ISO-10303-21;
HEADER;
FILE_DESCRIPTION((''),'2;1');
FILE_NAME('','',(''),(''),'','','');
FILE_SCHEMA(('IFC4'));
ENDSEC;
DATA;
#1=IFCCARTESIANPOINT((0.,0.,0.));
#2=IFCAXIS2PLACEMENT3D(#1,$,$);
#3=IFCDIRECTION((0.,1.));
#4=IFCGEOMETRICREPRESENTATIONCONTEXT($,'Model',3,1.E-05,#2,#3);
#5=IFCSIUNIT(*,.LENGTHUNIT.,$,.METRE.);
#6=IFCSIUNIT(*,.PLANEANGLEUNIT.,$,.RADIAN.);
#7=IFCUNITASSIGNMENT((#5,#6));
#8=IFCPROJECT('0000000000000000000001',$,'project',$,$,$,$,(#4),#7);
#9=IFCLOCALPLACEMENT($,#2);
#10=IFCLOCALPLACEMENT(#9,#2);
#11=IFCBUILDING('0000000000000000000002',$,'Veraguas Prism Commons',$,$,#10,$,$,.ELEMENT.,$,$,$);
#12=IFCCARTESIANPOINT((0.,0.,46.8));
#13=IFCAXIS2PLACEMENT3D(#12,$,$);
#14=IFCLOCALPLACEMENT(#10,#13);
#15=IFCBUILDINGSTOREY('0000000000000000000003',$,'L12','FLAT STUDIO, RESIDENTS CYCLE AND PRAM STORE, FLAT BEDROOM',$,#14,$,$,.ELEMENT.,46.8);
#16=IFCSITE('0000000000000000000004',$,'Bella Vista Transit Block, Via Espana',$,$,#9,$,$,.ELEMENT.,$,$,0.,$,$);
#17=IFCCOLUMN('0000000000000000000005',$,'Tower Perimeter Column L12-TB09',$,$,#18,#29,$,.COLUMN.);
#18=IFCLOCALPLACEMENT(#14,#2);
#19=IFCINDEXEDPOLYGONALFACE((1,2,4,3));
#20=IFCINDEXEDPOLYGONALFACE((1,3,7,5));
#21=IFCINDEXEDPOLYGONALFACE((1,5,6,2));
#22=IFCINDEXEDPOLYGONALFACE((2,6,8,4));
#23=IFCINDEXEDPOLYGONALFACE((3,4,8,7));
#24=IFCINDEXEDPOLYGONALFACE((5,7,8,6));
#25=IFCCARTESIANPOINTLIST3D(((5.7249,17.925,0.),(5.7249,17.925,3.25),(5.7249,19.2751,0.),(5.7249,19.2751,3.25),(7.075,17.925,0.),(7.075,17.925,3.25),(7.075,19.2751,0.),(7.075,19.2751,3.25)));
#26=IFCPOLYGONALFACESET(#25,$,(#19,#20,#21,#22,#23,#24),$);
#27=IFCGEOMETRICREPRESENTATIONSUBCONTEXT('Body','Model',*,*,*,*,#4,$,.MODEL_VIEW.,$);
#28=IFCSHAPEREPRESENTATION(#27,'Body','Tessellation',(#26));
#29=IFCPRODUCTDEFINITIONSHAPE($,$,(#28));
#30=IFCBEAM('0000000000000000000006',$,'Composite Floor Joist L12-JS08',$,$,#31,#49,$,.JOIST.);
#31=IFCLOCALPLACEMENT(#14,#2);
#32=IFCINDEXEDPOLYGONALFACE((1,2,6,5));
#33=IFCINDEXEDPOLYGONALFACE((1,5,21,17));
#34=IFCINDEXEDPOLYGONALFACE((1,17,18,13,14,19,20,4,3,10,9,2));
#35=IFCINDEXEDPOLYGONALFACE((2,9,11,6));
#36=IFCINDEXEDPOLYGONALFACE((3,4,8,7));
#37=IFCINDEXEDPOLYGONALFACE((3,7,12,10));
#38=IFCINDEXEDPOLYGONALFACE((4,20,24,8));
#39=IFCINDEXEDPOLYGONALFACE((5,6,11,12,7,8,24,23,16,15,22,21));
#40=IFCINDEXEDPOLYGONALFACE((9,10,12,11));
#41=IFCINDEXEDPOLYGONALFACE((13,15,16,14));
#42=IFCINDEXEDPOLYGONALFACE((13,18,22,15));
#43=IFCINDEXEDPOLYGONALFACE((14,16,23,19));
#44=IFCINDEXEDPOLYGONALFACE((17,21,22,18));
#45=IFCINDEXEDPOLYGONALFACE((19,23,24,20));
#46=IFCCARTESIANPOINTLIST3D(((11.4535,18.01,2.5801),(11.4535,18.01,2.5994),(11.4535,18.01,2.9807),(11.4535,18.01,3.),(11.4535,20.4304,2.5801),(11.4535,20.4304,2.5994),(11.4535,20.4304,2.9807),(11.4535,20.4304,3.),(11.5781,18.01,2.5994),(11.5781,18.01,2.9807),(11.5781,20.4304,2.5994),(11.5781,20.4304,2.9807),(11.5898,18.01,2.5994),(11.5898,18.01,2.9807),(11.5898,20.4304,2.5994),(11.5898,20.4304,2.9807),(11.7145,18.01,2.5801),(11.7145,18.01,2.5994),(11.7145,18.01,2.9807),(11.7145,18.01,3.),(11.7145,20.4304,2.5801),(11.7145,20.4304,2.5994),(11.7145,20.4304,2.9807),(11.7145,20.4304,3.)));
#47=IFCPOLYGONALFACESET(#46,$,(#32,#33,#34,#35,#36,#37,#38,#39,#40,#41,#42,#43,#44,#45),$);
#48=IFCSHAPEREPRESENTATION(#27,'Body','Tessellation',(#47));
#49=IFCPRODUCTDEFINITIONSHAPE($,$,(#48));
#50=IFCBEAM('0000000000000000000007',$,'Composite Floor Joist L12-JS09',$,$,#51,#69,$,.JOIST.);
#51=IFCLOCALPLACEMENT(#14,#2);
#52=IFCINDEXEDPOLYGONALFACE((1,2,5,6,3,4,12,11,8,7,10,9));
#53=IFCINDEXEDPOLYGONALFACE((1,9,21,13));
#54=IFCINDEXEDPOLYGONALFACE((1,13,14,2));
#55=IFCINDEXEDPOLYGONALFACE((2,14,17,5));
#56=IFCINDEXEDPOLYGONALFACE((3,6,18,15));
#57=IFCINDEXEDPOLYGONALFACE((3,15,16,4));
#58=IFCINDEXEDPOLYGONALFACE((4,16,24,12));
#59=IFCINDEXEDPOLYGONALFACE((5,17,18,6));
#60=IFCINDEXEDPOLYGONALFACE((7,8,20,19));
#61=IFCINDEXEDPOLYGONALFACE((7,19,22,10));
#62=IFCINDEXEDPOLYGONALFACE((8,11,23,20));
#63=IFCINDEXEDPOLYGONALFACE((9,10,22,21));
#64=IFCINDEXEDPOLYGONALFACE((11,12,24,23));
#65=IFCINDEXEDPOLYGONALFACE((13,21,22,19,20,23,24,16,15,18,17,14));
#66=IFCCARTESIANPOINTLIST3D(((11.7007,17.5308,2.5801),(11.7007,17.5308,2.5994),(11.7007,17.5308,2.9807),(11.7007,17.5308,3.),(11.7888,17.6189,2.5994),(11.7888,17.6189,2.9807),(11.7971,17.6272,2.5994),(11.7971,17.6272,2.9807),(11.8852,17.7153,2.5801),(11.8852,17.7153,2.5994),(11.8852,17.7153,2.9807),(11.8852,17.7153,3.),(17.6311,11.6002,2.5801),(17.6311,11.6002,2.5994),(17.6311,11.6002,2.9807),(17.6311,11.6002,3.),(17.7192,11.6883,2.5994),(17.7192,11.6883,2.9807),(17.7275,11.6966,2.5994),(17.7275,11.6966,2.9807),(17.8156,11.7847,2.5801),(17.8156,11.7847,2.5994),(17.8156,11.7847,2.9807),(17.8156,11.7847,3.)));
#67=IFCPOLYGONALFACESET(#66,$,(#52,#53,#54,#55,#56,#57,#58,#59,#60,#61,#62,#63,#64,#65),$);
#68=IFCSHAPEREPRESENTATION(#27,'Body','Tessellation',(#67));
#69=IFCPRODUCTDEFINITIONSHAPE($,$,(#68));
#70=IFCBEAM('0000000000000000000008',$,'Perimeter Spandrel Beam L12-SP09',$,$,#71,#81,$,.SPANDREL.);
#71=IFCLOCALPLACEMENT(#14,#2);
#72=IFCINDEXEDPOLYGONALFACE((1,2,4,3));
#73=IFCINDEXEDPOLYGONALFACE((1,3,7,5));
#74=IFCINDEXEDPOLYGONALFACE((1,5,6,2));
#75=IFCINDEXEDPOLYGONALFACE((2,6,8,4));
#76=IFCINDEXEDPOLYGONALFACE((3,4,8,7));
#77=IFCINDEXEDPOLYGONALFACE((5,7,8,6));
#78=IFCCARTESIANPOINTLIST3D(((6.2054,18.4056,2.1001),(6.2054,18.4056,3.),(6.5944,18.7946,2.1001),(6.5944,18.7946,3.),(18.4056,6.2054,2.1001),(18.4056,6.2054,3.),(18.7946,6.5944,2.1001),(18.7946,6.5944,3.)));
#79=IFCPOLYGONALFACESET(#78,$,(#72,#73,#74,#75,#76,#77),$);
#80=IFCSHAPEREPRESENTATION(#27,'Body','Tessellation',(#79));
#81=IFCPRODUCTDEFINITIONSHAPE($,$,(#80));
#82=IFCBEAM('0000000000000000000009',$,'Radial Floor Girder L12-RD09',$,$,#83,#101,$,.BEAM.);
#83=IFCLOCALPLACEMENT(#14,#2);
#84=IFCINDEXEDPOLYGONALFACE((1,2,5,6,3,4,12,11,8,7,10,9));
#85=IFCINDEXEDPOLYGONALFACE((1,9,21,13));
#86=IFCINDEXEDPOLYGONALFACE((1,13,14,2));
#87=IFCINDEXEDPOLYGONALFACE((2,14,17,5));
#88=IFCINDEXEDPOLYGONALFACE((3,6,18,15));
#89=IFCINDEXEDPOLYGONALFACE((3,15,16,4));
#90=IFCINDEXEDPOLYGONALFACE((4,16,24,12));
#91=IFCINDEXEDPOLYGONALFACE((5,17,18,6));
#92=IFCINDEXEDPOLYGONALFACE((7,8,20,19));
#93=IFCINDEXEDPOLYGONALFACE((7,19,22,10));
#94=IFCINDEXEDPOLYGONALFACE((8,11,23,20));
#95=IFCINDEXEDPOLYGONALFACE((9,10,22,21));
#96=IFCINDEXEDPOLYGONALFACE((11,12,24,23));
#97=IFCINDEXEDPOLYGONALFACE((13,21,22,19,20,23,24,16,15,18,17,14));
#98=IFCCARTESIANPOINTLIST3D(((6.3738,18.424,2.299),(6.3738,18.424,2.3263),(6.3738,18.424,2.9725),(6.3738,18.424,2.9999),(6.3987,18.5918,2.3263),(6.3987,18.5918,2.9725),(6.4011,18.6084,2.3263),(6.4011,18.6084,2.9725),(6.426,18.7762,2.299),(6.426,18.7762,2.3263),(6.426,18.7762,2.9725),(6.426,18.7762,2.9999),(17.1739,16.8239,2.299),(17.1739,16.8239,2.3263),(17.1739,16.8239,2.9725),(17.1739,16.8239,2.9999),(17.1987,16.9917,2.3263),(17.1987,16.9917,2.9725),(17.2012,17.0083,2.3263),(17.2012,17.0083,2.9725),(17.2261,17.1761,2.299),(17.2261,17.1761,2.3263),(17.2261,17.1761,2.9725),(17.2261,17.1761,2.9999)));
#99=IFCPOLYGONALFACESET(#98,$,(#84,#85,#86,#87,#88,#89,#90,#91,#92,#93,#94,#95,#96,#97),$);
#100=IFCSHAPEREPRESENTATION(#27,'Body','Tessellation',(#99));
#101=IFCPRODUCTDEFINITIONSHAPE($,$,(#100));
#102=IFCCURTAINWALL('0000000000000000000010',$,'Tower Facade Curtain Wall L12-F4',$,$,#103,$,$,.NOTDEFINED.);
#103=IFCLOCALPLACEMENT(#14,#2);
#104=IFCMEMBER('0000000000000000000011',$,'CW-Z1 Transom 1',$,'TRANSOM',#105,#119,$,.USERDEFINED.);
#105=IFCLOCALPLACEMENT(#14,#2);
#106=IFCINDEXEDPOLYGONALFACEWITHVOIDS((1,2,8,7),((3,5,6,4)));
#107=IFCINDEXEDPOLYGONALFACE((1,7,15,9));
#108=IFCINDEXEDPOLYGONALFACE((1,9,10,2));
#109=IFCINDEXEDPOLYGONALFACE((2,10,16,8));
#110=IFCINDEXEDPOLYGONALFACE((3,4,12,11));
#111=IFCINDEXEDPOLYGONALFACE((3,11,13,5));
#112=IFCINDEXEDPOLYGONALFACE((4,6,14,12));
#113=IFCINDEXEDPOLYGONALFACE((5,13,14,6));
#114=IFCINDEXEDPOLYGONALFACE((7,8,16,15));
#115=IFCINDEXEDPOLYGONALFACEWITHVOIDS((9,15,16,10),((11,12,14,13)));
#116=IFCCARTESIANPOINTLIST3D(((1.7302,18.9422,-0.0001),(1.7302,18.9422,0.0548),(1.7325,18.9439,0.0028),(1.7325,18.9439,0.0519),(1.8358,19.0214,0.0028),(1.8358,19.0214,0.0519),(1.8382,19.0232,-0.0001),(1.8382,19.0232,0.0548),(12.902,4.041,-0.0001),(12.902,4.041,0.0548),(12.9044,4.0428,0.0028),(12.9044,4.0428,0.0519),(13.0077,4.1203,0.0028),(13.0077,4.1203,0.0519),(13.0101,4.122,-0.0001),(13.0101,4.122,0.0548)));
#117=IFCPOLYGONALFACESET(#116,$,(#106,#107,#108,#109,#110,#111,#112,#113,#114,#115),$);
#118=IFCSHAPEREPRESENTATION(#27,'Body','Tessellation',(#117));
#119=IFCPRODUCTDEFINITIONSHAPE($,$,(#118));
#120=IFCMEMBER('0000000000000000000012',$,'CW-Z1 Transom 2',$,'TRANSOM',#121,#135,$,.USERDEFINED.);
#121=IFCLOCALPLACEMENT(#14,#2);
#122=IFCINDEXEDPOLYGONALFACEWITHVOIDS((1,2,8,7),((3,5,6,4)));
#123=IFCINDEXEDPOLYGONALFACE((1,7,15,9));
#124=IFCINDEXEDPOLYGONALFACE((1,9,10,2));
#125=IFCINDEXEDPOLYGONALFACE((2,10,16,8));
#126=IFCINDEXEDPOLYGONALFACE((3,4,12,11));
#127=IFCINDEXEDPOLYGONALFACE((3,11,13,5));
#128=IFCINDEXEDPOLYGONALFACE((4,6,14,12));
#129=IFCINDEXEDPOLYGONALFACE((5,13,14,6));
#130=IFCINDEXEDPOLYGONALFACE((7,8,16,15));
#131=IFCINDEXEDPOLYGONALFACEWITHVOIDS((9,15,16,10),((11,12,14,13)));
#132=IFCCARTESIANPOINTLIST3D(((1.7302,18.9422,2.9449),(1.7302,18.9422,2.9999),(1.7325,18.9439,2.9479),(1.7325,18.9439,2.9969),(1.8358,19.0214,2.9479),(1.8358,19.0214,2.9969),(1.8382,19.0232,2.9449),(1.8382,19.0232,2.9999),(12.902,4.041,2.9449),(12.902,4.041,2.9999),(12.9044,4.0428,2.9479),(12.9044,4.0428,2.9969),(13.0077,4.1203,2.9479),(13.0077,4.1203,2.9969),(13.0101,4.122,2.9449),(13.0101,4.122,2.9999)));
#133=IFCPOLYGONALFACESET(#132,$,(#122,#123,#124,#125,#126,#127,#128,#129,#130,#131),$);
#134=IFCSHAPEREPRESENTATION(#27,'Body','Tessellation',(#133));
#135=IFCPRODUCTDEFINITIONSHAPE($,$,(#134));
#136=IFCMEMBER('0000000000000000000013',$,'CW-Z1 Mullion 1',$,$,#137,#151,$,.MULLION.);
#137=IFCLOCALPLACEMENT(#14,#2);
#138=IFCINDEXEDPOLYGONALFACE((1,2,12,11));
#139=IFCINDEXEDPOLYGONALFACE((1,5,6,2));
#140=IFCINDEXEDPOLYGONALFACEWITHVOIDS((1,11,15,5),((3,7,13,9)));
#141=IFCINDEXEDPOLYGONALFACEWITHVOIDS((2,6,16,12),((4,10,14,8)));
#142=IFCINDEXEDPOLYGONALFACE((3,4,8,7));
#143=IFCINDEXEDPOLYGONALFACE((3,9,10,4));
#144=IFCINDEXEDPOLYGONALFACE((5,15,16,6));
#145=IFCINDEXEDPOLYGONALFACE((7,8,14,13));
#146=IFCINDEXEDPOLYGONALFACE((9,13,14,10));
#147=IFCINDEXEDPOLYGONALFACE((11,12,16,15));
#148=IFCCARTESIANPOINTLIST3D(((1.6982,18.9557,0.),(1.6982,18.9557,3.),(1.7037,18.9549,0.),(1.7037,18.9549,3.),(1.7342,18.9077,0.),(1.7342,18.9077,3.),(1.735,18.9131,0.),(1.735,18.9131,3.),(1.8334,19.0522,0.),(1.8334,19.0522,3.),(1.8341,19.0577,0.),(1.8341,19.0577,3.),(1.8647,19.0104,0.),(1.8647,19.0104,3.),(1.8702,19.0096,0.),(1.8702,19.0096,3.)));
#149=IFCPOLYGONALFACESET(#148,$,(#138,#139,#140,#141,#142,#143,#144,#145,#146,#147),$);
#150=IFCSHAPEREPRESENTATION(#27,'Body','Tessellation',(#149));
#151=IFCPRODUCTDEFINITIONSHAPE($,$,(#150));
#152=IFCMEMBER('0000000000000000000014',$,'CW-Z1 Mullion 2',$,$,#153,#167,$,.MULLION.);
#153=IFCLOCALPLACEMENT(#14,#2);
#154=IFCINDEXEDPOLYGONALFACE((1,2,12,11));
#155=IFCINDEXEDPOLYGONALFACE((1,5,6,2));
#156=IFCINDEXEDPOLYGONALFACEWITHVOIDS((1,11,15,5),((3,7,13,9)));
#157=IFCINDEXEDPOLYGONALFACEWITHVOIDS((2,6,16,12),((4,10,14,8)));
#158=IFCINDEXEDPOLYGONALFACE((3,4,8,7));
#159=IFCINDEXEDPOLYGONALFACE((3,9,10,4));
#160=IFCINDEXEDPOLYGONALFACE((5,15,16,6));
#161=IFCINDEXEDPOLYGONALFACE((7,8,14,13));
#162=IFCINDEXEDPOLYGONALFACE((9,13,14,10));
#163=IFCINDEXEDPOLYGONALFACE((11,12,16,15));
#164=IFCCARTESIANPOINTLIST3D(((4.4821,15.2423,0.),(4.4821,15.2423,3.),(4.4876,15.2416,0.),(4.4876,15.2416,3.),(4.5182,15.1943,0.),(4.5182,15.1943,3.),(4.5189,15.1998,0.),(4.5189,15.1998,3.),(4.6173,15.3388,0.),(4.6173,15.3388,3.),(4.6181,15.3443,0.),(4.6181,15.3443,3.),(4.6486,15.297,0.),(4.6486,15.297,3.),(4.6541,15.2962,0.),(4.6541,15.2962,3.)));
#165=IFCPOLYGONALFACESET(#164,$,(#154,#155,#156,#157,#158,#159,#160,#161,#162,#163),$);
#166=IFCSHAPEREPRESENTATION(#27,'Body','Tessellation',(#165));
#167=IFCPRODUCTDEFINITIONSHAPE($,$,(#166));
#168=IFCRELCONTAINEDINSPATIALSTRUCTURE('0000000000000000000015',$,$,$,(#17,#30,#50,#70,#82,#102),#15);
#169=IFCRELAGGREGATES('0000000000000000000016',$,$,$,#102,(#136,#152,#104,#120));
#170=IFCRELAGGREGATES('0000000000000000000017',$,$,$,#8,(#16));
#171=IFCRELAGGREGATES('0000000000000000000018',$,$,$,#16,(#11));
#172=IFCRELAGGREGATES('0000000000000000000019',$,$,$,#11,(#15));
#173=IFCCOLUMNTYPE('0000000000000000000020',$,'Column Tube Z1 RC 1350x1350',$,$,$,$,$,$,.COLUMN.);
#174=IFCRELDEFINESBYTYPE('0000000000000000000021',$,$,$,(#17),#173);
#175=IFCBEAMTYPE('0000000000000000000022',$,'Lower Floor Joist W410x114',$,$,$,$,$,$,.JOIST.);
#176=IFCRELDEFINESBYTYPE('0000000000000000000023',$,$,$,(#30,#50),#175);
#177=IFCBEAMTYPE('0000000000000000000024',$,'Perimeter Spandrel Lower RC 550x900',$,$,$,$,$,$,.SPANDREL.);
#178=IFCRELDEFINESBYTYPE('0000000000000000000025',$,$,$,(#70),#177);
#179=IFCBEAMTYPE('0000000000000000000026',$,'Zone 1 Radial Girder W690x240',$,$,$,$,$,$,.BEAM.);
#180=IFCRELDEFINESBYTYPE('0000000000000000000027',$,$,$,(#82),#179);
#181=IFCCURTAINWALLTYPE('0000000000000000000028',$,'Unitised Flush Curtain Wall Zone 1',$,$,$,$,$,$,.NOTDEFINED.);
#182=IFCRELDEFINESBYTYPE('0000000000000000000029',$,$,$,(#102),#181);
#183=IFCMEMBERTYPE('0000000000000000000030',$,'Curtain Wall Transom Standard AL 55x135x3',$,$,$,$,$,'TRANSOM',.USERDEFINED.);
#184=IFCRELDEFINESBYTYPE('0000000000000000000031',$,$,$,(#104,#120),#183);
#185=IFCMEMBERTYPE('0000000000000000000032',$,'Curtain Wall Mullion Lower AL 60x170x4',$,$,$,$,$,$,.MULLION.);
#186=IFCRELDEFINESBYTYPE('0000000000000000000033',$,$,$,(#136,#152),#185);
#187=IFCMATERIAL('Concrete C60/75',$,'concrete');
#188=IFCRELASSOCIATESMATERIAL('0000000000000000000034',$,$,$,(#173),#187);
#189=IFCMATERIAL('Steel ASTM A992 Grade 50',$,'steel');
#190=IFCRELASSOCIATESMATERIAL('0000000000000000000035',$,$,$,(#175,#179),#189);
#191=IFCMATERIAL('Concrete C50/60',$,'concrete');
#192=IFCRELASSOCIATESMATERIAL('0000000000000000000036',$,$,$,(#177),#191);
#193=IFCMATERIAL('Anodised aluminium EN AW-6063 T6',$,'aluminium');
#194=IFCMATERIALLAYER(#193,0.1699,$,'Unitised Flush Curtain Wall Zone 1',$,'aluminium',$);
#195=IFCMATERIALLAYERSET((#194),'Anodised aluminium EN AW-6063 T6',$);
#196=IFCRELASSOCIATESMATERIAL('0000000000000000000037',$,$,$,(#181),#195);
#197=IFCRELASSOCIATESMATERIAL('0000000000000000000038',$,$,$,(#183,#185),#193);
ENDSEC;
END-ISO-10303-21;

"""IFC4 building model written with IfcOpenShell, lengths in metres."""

from ifc_helpers import new_model, si_unit, direction, frame, origin, origin_2d, place, context, subcontext, project, spatial, rectangle, hollow_rectangle, i_section, extrude, source, transform, mapped, material, layer, layer_set, material_profile, profile_set, type_object, element, aggregate, save


model = new_model("IFC4")

# Units and contexts
model_context = context("Model", 3, precision=1e-05, world=origin(), true_north=direction((0.0, 1.0)))
body_context = subcontext(model_context, "Body", "Model", "MODEL_VIEW")
ifc_project = project(units=[si_unit("LENGTHUNIT", "METRE"), si_unit("PLANEANGLEUNIT", "RADIAN")], contexts=[model_context])

# Site, building, storey
site_placement = place(None, origin())
site = spatial("IfcSite", under=ifc_project, at=site_placement, Name="Bella Vista Transit Block, Via Espana", CompositionType="ELEMENT", RefElevation=0.0)
building_placement = place(site_placement, origin())
building = spatial("IfcBuilding", under=site, at=building_placement, Name="Veraguas Prism Commons", CompositionType="ELEMENT")
storey_placement = place(building_placement, frame((0.0, 0.0, 46.8)))
storey = spatial("IfcBuildingStorey", under=building, at=storey_placement, Name="L12", Description="FLAT STUDIO, RESIDENTS CYCLE AND PRAM STORE, FLAT BEDROOM", CompositionType="ELEMENT", Elevation=46.8)

# Column
ifc_material_1 = material(Name="Concrete C60/75", Category="concrete")
ifc_material_profile_1 = material_profile(ifc_material_1, rectangle(XDim=1.3501, YDim=1.3501, at=origin_2d()), Name="RC1350X1350")
ifc_profile_set_1 = profile_set([ifc_material_profile_1], Name="Concrete C60/75")
column_type = type_object("IfcColumnType", Name="Column Tube Z1 RC 1350x1350", PredefinedType="COLUMN", material=ifc_profile_set_1)
column_placement = place(storey_placement, frame((6.3999, 18.6001, 0.0), z_axis=(0.0, 0.0, 1.0), x_axis=(1.0, 0.0, 0.0)))
element("IfcColumn", 1, at=column_placement, inside=storey, type_object=column_type, Name="Tower Perimeter Column L12-TB09", PredefinedType="COLUMN", context=body_context, shape_type="SweptSolid", body=[
    extrude(rectangle(XDim=1.3501, YDim=1.3501, at=origin_2d()), origin(), (0.0, 0.0, 1.0), 3.25),
])

# Beams
ifc_material_2 = material(Name="Steel ASTM A992 Grade 50", Category="steel")
ifc_material_profile_2 = material_profile(ifc_material_2, i_section(OverallWidth=0.261, OverallDepth=0.4199, WebThickness=0.0117, FlangeThickness=0.0193, at=origin_2d()), Name="W410X114")
ifc_profile_set_2 = profile_set([ifc_material_profile_2], Name="Steel ASTM A992 Grade 50")
beam_type_1 = type_object("IfcBeamType", Name="Lower Floor Joist W410x114", PredefinedType="JOIST", material=ifc_profile_set_2)
beam_1_placement = place(storey_placement, frame((11.584, 20.4304, 2.79), z_axis=(0.0, -1.0, 0.0), x_axis=(1.0, 0.0, 0.0)))
element("IfcBeam", 2, at=beam_1_placement, inside=storey, type_object=beam_type_1, Name="Composite Floor Joist L12-JS08", PredefinedType="JOIST", context=body_context, shape_type="SweptSolid", body=[
    extrude(i_section(OverallWidth=0.261, OverallDepth=0.4199, WebThickness=0.0117, FlangeThickness=0.0193, at=origin_2d()), origin(), (0.0, 0.0, 1.0), 2.4204),
])
beam_2_placement = place(storey_placement, frame((11.793, 17.623, 2.79), z_axis=(0.707092, -0.707121, 0.0), x_axis=(0.707121, 0.707092, 0.0)))
element("IfcBeam", 3, at=beam_2_placement, inside=storey, type_object=beam_type_1, Name="Composite Floor Joist L12-JS09", PredefinedType="JOIST", context=body_context, shape_type="SweptSolid", body=[
    extrude(i_section(OverallWidth=0.261, OverallDepth=0.4199, WebThickness=0.0117, FlangeThickness=0.0193, at=origin_2d()), origin(), (0.0, 0.0, 1.0), 8.387),
])
ifc_material_3 = material(Name="Concrete C50/60", Category="concrete")
ifc_material_profile_3 = material_profile(ifc_material_3, rectangle(XDim=0.55, YDim=0.8999, at=origin_2d()), Name="RC550X900")
ifc_profile_set_3 = profile_set([ifc_material_profile_3], Name="Concrete C50/60")
beam_type_2 = type_object("IfcBeamType", Name="Perimeter Spandrel Lower RC 550x900", PredefinedType="SPANDREL", material=ifc_profile_set_3)
beam_3_placement = place(storey_placement, frame((6.3999, 18.6001, 2.55), z_axis=(0.707107, -0.707107, 0.0), x_axis=(0.707107, 0.707107, 0.0)))
element("IfcBeam", 4, at=beam_3_placement, inside=storey, type_object=beam_type_2, Name="Perimeter Spandrel Beam L12-SP09", PredefinedType="SPANDREL", context=body_context, shape_type="SweptSolid", body=[
    extrude(rectangle(XDim=0.55, YDim=0.8999, at=origin_2d()), origin(), (0.0, 0.0, 1.0), 17.2537),
])
ifc_material_profile_4 = material_profile(ifc_material_2, i_section(OverallWidth=0.356, OverallDepth=0.7009, WebThickness=0.0168, FlangeThickness=0.0273, at=origin_2d()), Name="W690X240")
ifc_profile_set_4 = profile_set([ifc_material_profile_4], Name="Steel ASTM A992 Grade 50")
beam_type_3 = type_object("IfcBeamType", Name="Zone 1 Radial Girder W690x240", PredefinedType="BEAM", material=ifc_profile_set_4)
beam_4_placement = place(storey_placement, frame((6.3999, 18.6001, 2.6494), z_axis=(0.989202, -0.146557, 0.0), x_axis=(0.146557, 0.989202, 0.0)))
element("IfcBeam", 5, at=beam_4_placement, inside=storey, type_object=beam_type_3, Name="Radial Floor Girder L12-RD09", PredefinedType="BEAM", context=body_context, shape_type="SweptSolid", body=[
    extrude(i_section(OverallWidth=0.356, OverallDepth=0.7009, WebThickness=0.0168, FlangeThickness=0.0273, at=origin_2d()), origin(), (0.0, 0.0, 1.0), 10.918),
])

# Curtain wall, members
ifc_material_4 = material(Name="Anodised aluminium EN AW-6063 T6", Category="aluminium")
ifc_layer_1 = layer(ifc_material_4, 0.1699, Name="Unitised Flush Curtain Wall Zone 1", Category="aluminium")
ifc_layer_set_1 = layer_set([ifc_layer_1], Name="Anodised aluminium EN AW-6063 T6")
curtain_wall_type = type_object("IfcCurtainWallType", Name="Unitised Flush Curtain Wall Zone 1", PredefinedType="NOTDEFINED", material=ifc_layer_set_1)
curtain_wall_1_placement = place(storey_placement, origin())
curtain_wall_1 = element("IfcCurtainWall", 6, at=curtain_wall_1_placement, inside=storey, type_object=curtain_wall_type, Name="Tower Facade Curtain Wall L12-F4", PredefinedType="NOTDEFINED")
ifc_material_profile_5 = material_profile(ifc_material_4, hollow_rectangle(XDim=0.0549, YDim=0.135, WallThickness=0.0029, at=origin_2d()), Name="AL55X135X3")
ifc_profile_set_5 = profile_set([ifc_material_profile_5], Name="Anodised aluminium EN AW-6063 T6")
member_type_1 = type_object("IfcMemberType", Name="Curtain Wall Transom Standard AL 55x135x3", ElementType="TRANSOM", PredefinedType="USERDEFINED", material=ifc_profile_set_5)
shared_shape_1 = source(origin(), body_context, "Body", "SweptSolid", [
    extrude(hollow_rectangle(XDim=0.0549, YDim=0.135, WallThickness=0.0029, at=origin_2d()), origin(), (0.0, 0.0, 1.0), 18.624),
])
member_1_placement = place(storey_placement, frame((1.7842, 18.9827, 0.0273), z_axis=(0.599864, -0.800102, 0.0), x_axis=(0.0, 0.0, 1.0)))
member_1 = element("IfcMember", 7, at=member_1_placement, type_object=member_type_1, Name="CW-Z1 Transom 1", ObjectType="TRANSOM", PredefinedType="USERDEFINED", context=body_context, shape_type="MappedRepresentation", body=[
    mapped(shared_shape_1, transform((0.0, 0.0, 0.0), scale=1.0)),
])
member_2_placement = place(storey_placement, frame((1.7842, 18.9827, 2.9724), z_axis=(0.599864, -0.800102, 0.0), x_axis=(0.0, 0.0, 1.0)))
member_2 = element("IfcMember", 8, at=member_2_placement, type_object=member_type_1, Name="CW-Z1 Transom 2", ObjectType="TRANSOM", PredefinedType="USERDEFINED", context=body_context, shape_type="MappedRepresentation", body=[
    mapped(shared_shape_1, transform((0.0, 0.0, 0.0), scale=1.0)),
])
ifc_material_profile_6 = material_profile(ifc_material_4, hollow_rectangle(XDim=0.0601, YDim=0.1699, WallThickness=0.0039, at=origin_2d()), Name="AL60X170X4")
ifc_profile_set_6 = profile_set([ifc_material_profile_6], Name="Anodised aluminium EN AW-6063 T6")
member_type_2 = type_object("IfcMemberType", Name="Curtain Wall Mullion Lower AL 60x170x4", PredefinedType="MULLION", material=ifc_profile_set_6)
shared_shape_2 = source(origin(), body_context, "Body", "SweptSolid", [
    extrude(hollow_rectangle(XDim=0.0601, YDim=0.1699, WallThickness=0.0039, at=origin_2d()), origin(), (0.0, 0.0, 1.0), 3.0),
])
member_3_placement = place(storey_placement, frame((1.7842, 18.9827, 0.0), z_axis=(0.0, 0.0, 1.0), x_axis=(0.599862, -0.800104, 0.0)))
member_3 = element("IfcMember", 9, at=member_3_placement, type_object=member_type_2, Name="CW-Z1 Mullion 1", PredefinedType="MULLION", context=body_context, shape_type="MappedRepresentation", body=[
    mapped(shared_shape_2, transform((0.0, 0.0, 0.0), scale=1.0)),
])
member_4_placement = place(storey_placement, frame((4.5681, 15.2693, 0.0), z_axis=(0.0, 0.0, 1.0), x_axis=(0.599862, -0.800104, 0.0)))
member_4 = element("IfcMember", 10, at=member_4_placement, type_object=member_type_2, Name="CW-Z1 Mullion 2", PredefinedType="MULLION", context=body_context, shape_type="MappedRepresentation", body=[
    mapped(shared_shape_2, transform((0.0, 0.0, 0.0), scale=1.0)),
])

aggregate(curtain_wall_1, [member_3, member_4, member_1, member_2])

save(model, "model.ifc")
